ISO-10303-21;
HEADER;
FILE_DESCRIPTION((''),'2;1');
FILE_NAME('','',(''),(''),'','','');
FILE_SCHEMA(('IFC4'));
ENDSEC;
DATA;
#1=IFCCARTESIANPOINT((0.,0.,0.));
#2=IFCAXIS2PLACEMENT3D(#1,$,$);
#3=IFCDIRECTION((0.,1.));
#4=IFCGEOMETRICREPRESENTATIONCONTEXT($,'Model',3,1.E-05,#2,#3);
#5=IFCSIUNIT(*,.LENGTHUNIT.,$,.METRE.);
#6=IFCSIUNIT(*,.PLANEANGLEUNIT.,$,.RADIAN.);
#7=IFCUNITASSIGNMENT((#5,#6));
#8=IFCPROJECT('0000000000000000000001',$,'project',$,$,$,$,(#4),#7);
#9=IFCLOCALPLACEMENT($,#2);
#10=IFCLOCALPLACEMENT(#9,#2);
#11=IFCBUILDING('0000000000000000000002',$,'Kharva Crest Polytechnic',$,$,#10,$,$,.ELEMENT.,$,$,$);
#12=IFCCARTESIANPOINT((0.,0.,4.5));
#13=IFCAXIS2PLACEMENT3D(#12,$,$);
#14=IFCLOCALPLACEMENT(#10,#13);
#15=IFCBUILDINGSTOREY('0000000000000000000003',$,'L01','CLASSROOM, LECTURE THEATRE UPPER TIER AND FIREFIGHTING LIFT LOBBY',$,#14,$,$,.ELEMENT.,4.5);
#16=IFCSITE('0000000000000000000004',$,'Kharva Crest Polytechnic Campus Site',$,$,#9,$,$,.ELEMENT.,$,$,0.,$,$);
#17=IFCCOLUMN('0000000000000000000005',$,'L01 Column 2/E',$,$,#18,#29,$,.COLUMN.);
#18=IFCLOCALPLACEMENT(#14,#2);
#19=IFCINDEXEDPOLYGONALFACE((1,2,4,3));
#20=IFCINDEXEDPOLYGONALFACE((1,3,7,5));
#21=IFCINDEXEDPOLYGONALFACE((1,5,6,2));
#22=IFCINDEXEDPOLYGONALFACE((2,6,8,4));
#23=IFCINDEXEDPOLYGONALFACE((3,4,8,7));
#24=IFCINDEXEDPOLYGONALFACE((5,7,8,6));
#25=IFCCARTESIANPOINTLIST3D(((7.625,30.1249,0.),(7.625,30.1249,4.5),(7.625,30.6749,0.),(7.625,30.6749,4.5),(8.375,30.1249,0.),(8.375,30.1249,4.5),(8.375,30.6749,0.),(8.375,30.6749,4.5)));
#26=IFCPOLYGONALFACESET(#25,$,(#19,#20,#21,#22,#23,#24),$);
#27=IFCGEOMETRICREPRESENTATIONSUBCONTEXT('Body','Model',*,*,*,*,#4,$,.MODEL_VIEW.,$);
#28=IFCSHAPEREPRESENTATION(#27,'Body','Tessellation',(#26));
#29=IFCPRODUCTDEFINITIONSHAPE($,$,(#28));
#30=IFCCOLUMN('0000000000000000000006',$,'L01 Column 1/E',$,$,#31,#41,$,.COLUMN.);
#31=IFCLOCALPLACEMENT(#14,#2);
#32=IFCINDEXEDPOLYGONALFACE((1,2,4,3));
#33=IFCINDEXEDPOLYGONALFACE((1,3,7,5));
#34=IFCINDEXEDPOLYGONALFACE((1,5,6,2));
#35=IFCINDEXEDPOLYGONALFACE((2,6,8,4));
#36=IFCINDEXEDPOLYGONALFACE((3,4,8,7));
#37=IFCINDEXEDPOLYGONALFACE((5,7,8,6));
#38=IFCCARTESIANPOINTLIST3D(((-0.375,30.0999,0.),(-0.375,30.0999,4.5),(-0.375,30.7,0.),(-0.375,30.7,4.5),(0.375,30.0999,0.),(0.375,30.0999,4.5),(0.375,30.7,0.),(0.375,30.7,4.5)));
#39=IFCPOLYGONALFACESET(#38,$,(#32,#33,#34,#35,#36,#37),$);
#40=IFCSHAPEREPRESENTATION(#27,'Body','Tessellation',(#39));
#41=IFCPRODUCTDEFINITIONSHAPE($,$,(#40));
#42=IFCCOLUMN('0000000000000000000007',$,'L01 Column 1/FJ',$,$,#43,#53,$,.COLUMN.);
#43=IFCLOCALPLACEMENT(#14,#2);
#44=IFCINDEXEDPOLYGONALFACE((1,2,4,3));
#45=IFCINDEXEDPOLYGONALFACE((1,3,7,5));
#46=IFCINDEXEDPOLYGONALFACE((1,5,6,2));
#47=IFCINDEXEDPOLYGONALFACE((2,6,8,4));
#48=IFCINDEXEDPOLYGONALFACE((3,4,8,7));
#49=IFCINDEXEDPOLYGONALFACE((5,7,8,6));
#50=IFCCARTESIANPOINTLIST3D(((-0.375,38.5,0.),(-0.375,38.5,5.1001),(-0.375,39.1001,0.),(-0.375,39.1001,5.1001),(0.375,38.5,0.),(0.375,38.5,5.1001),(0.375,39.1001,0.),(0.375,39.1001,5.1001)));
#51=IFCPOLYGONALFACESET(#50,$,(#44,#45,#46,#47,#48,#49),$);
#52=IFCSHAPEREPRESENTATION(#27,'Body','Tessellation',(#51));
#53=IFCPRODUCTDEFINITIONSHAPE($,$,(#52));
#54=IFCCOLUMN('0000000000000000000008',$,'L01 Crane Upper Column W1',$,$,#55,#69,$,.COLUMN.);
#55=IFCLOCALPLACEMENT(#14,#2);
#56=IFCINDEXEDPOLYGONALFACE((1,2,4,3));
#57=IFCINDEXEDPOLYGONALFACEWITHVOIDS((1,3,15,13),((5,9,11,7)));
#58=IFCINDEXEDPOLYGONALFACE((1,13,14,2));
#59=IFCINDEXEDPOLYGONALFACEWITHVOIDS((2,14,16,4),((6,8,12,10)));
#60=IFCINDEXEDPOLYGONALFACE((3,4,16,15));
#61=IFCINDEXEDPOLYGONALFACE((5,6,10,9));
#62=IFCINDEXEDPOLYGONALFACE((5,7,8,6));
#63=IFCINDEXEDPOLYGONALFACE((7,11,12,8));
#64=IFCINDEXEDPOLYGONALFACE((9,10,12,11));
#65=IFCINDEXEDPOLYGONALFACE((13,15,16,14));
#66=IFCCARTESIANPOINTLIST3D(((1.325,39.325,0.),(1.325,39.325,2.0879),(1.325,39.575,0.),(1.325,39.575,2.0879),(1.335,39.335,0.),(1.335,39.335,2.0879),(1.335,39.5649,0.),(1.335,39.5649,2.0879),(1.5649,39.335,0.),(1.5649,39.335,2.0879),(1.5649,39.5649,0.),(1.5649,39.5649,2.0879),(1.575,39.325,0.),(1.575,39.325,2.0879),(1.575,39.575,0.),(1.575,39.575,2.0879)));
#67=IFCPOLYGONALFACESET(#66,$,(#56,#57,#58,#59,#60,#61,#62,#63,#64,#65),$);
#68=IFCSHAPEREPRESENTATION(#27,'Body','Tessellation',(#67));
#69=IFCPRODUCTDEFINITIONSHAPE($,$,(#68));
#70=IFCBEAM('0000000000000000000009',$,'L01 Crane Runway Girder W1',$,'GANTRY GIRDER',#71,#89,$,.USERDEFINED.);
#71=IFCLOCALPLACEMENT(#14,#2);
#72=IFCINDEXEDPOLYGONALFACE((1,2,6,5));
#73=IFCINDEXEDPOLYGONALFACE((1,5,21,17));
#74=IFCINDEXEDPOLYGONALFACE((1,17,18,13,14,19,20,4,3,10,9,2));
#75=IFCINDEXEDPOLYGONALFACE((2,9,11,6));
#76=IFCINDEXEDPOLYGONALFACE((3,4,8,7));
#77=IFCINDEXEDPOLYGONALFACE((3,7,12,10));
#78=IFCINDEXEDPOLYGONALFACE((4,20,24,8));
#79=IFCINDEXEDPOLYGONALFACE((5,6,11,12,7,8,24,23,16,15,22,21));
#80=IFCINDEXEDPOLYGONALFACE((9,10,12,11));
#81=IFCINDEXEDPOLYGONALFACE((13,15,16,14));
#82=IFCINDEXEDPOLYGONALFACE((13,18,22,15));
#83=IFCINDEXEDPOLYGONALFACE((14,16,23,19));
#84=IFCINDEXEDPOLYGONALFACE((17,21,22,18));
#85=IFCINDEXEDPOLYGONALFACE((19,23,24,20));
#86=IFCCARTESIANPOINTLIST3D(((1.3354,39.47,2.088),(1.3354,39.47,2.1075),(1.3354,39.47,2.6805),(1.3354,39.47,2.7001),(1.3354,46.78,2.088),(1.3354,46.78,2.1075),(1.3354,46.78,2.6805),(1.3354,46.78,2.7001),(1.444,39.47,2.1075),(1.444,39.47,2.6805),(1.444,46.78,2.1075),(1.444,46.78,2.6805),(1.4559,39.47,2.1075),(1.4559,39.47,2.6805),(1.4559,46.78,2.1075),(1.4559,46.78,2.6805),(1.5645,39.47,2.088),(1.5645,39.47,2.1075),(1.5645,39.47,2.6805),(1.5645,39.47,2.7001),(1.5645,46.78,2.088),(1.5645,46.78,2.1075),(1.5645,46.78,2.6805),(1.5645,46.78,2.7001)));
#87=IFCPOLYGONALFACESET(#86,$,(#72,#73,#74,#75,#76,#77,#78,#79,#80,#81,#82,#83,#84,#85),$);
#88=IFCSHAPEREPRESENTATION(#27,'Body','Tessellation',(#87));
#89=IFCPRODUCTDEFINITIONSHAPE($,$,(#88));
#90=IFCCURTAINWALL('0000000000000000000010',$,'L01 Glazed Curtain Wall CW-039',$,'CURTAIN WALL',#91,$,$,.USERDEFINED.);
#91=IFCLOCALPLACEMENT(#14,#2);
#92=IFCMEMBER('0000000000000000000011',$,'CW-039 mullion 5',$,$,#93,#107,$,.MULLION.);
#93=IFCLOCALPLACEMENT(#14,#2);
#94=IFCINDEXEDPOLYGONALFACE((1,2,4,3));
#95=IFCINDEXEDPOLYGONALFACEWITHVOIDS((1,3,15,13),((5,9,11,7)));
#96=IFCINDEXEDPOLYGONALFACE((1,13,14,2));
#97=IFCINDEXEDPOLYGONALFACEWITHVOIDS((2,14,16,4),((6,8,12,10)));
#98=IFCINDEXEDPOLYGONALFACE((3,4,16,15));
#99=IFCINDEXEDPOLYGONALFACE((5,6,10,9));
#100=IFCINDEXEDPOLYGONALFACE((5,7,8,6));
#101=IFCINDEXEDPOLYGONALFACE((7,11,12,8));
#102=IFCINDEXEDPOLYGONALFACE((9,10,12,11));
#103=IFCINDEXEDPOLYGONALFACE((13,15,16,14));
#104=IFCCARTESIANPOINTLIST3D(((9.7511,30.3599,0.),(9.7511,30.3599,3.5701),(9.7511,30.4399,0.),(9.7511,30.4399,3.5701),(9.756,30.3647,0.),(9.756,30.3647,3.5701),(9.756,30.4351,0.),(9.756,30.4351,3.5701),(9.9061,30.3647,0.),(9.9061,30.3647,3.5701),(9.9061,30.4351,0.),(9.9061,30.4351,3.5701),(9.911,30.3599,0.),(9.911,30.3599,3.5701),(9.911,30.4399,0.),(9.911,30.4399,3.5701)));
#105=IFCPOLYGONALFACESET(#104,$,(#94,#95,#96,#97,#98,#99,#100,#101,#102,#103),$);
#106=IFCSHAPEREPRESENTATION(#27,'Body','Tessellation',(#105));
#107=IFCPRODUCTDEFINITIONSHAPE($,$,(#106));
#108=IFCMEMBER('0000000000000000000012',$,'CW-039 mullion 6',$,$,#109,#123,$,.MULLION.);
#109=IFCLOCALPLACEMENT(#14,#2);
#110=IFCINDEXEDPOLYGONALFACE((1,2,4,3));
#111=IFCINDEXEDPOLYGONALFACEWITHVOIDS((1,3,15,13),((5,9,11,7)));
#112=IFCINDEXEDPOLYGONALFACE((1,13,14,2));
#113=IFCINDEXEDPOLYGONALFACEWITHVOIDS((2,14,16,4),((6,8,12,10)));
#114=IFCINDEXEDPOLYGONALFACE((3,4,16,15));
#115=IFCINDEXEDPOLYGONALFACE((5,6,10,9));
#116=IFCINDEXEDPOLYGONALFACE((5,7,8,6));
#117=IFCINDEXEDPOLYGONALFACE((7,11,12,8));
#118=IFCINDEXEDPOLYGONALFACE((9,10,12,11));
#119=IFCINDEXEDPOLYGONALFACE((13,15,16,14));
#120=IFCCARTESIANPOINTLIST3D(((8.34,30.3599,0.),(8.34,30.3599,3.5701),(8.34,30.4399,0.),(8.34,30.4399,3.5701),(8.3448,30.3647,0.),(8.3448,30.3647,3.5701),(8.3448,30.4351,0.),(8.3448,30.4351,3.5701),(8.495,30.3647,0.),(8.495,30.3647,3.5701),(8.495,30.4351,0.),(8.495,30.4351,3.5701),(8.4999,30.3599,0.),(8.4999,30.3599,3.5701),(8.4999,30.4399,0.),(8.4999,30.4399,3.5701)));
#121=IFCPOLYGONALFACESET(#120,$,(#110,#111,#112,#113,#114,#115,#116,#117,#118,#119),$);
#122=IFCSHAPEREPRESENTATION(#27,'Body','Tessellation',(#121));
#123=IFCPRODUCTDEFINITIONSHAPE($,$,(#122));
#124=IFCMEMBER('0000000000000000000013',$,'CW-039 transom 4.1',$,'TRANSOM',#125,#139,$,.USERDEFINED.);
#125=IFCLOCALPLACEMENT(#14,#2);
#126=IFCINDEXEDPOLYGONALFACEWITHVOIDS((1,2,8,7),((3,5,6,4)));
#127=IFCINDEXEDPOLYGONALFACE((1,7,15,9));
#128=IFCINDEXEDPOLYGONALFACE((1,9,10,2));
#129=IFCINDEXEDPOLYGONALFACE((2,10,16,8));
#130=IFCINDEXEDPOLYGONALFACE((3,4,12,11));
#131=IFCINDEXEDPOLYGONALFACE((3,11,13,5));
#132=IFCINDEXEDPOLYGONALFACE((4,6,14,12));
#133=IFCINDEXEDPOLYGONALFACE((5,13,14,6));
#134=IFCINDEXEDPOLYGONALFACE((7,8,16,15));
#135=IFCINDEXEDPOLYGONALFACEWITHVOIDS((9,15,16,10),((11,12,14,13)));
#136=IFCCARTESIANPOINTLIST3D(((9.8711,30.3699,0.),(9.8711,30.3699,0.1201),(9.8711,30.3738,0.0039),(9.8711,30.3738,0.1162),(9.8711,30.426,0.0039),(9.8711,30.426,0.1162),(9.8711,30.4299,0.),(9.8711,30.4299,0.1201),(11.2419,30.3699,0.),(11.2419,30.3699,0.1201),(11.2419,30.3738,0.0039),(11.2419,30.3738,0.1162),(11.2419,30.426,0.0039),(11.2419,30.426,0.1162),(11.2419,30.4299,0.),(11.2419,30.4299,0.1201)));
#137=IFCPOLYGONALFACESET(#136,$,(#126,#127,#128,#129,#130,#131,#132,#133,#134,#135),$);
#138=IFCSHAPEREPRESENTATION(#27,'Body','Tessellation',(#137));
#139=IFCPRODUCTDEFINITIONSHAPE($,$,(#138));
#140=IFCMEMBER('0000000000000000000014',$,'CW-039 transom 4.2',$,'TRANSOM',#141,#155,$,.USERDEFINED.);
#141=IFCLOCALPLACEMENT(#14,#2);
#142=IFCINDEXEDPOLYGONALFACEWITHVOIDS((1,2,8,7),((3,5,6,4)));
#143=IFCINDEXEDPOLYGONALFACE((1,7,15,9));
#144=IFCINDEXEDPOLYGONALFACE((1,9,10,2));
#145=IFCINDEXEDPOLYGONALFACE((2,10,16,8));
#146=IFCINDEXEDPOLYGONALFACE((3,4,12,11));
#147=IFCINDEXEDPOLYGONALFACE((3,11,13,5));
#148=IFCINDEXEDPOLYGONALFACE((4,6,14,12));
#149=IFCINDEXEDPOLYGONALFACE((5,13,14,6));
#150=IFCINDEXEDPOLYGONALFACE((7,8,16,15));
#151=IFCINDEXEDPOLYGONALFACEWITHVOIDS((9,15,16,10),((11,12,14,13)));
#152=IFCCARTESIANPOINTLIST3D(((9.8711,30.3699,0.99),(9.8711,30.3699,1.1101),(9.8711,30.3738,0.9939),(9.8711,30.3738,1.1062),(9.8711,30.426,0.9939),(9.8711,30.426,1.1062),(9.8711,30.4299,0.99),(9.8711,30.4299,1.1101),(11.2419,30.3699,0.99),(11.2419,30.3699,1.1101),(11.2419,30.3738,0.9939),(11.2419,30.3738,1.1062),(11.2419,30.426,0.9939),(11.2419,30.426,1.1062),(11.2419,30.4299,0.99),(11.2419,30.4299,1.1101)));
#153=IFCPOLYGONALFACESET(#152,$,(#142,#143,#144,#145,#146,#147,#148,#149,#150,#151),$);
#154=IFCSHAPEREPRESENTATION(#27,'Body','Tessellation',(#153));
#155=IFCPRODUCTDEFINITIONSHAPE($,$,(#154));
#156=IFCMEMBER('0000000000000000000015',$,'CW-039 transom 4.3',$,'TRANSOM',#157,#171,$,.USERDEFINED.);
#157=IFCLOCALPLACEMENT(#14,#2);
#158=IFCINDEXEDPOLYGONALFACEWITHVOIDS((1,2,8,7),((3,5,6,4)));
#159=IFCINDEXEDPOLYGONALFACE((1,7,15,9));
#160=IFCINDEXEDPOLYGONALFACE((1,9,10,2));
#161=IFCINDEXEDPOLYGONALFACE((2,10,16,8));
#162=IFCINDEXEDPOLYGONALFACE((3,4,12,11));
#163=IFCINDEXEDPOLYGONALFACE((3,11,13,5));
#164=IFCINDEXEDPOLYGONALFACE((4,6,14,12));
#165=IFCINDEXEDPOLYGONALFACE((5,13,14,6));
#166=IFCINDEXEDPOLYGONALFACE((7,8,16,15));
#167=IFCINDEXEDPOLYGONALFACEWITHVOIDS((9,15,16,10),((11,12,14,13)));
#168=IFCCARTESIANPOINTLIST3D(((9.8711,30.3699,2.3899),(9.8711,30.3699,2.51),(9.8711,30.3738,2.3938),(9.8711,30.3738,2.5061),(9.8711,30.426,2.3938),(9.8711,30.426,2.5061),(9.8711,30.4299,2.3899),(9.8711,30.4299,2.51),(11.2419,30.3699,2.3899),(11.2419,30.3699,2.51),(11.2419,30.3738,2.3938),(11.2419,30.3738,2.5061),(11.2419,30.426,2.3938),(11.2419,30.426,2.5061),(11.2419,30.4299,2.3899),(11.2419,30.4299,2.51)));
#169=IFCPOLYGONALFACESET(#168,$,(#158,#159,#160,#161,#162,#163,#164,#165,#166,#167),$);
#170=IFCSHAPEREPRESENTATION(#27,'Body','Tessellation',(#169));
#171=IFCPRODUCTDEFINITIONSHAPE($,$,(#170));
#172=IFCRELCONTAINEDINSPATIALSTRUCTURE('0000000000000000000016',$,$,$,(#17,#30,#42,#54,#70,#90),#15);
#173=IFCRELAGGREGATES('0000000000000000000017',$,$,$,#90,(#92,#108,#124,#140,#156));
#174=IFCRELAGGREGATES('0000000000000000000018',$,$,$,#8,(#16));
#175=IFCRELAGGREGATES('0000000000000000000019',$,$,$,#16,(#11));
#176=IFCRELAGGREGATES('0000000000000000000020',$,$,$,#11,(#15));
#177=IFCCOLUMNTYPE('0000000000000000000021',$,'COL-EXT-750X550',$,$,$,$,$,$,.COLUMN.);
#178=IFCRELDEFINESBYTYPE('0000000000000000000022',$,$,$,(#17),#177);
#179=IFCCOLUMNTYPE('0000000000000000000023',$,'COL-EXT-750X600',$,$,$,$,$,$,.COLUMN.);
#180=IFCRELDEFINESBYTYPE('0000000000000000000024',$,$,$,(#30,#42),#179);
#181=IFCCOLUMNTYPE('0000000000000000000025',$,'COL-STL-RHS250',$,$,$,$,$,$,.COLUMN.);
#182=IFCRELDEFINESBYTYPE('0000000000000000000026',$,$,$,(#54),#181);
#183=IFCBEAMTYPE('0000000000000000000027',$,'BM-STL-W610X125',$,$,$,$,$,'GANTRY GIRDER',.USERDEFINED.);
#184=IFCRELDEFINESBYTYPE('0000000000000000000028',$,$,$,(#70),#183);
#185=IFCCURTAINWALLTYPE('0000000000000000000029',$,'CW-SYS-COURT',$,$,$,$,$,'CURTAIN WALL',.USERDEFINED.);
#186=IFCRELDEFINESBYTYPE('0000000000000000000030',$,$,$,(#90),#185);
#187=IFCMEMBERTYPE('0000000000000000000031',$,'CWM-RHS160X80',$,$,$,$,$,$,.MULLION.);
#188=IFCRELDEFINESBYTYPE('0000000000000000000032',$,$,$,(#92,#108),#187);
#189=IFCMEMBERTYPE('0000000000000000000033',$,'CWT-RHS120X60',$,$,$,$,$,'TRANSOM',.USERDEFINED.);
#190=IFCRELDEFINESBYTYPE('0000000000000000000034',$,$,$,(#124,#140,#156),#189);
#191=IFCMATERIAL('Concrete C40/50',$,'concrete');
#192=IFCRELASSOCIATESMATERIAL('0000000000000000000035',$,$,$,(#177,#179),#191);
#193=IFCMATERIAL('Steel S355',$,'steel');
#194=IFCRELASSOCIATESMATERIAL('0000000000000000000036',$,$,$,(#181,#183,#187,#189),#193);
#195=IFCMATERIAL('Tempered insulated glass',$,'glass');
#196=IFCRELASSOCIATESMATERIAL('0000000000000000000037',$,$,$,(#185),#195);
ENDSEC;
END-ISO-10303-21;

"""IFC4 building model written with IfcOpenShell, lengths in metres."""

from ifc_helpers import new_model, si_unit, direction, frame, origin, origin_2d, place, context, subcontext, project, spatial, rectangle, hollow_rectangle, i_section, extrude, material, material_profile, profile_set, type_object, element, aggregate, save


model = new_model("IFC4")

# Units and contexts
model_context = context("Model", 3, precision=1e-05, world=origin(), true_north=direction((0.0, 1.0)))
body_context = subcontext(model_context, "Body", "Model", "MODEL_VIEW")
ifc_project = project(units=[si_unit("LENGTHUNIT", "METRE"), si_unit("PLANEANGLEUNIT", "RADIAN")], contexts=[model_context])

# Site, building, storey
site_placement = place(None, origin())
site = spatial("IfcSite", under=ifc_project, at=site_placement, Name="Kharva Crest Polytechnic Campus Site", CompositionType="ELEMENT", RefElevation=0.0)
building_placement = place(site_placement, origin())
building = spatial("IfcBuilding", under=site, at=building_placement, Name="Kharva Crest Polytechnic", CompositionType="ELEMENT")
storey_placement = place(building_placement, frame((0.0, 0.0, 4.5)))
storey = spatial("IfcBuildingStorey", under=building, at=storey_placement, Name="L01", Description="CLASSROOM, LECTURE THEATRE UPPER TIER AND FIREFIGHTING LIFT LOBBY", CompositionType="ELEMENT", Elevation=4.5)

# Columns
ifc_material_1 = material(Name="Concrete C40/50", Category="concrete")
ifc_material_profile_1 = material_profile(ifc_material_1, rectangle(XDim=0.75, YDim=0.55, at=origin_2d()), Name="RECT 750 X 550")
ifc_profile_set_1 = profile_set([ifc_material_profile_1], Name="Concrete C40/50")
column_type_1 = type_object("IfcColumnType", Name="COL-EXT-750X550", PredefinedType="COLUMN", material=ifc_profile_set_1)
column_1_placement = place(storey_placement, frame((8.0, 30.3999, 0.0), z_axis=(0.0, 0.0, 1.0), x_axis=(1.0, 0.0, 0.0)))
element("IfcColumn", 1, at=column_1_placement, inside=storey, type_object=column_type_1, Name="L01 Column 2/E", PredefinedType="COLUMN", context=body_context, shape_type="SweptSolid", body=[
    extrude(rectangle(XDim=0.75, YDim=0.55, at=origin_2d()), origin(), (0.0, 0.0, 1.0), 4.5),
])
ifc_material_profile_2 = material_profile(ifc_material_1, rectangle(XDim=0.75, YDim=0.6001, at=origin_2d()), Name="RECT 750 X 600")
ifc_profile_set_2 = profile_set([ifc_material_profile_2], Name="Concrete C40/50")
column_type_2 = type_object("IfcColumnType", Name="COL-EXT-750X600", PredefinedType="COLUMN", material=ifc_profile_set_2)
column_2_placement = place(storey_placement, frame((0.0, 30.3999, 0.0), z_axis=(0.0, 0.0, 1.0), x_axis=(1.0, 0.0, 0.0)))
element("IfcColumn", 2, at=column_2_placement, inside=storey, type_object=column_type_2, Name="L01 Column 1/E", PredefinedType="COLUMN", context=body_context, shape_type="SweptSolid", body=[
    extrude(rectangle(XDim=0.75, YDim=0.6001, at=origin_2d()), origin(), (0.0, 0.0, 1.0), 4.5),
])
column_3_placement = place(storey_placement, frame((0.0, 38.8, 0.0), z_axis=(0.0, 0.0, 1.0), x_axis=(1.0, 0.0, 0.0)))
element("IfcColumn", 3, at=column_3_placement, inside=storey, type_object=column_type_2, Name="L01 Column 1/FJ", PredefinedType="COLUMN", context=body_context, shape_type="SweptSolid", body=[
    extrude(rectangle(XDim=0.75, YDim=0.6001, at=origin_2d()), origin(), (0.0, 0.0, 1.0), 5.1001),
])
ifc_material_2 = material(Name="Steel S355", Category="steel")
ifc_material_profile_3 = material_profile(ifc_material_2, hollow_rectangle(XDim=0.25, YDim=0.25, WallThickness=0.01, at=origin_2d()), Name="RHS 250X250X10.0")
ifc_profile_set_3 = profile_set([ifc_material_profile_3], Name="Steel S355")
column_type_3 = type_object("IfcColumnType", Name="COL-STL-RHS250", PredefinedType="COLUMN", material=ifc_profile_set_3)
column_4_placement = place(storey_placement, frame((1.45, 39.45, 0.0), z_axis=(0.0, 0.0, 1.0), x_axis=(1.0, 0.0, 0.0)))
element("IfcColumn", 4, at=column_4_placement, inside=storey, type_object=column_type_3, Name="L01 Crane Upper Column W1", PredefinedType="COLUMN", context=body_context, shape_type="SweptSolid", body=[
    extrude(hollow_rectangle(XDim=0.25, YDim=0.25, WallThickness=0.01, at=origin_2d()), origin(), (0.0, 0.0, 1.0), 2.0879),
])

# Beam
ifc_material_profile_4 = material_profile(ifc_material_2, i_section(OverallWidth=0.229, OverallDepth=0.6121, WebThickness=0.012, FlangeThickness=0.0195, at=origin_2d()), Name="W610X125")
ifc_profile_set_4 = profile_set([ifc_material_profile_4], Name="Steel S355")
beam_type_1 = type_object("IfcBeamType", Name="BM-STL-W610X125", ElementType="GANTRY GIRDER", PredefinedType="USERDEFINED", material=ifc_profile_set_4)
beam_1_placement = place(storey_placement, frame((1.45, 39.47, 2.394), z_axis=(0.0, 1.0, 0.0), x_axis=(-1.0, 0.0, 0.0)))
element("IfcBeam", 5, at=beam_1_placement, inside=storey, type_object=beam_type_1, Name="L01 Crane Runway Girder W1", ObjectType="GANTRY GIRDER", PredefinedType="USERDEFINED", context=body_context, shape_type="SweptSolid", body=[
    extrude(i_section(OverallWidth=0.229, OverallDepth=0.6121, WebThickness=0.012, FlangeThickness=0.0195, at=origin_2d()), origin(), (0.0, 0.0, 1.0), 7.3101),
])

# Curtain wall, members
ifc_material_3 = material(Name="Tempered insulated glass", Category="glass")
curtain_wall_type = type_object("IfcCurtainWallType", Name="CW-SYS-COURT", ElementType="CURTAIN WALL", PredefinedType="USERDEFINED", material=ifc_material_3)
curtain_wall_placement = place(storey_placement, origin())
curtain_wall = element("IfcCurtainWall", 6, at=curtain_wall_placement, inside=storey, type_object=curtain_wall_type, Name="L01 Glazed Curtain Wall CW-039", ObjectType="CURTAIN WALL", PredefinedType="USERDEFINED")
ifc_material_profile_5 = material_profile(ifc_material_2, hollow_rectangle(XDim=0.0801, YDim=0.1599, WallThickness=0.0049, at=origin_2d()), Name="RHS 160X80X5.0")
ifc_profile_set_5 = profile_set([ifc_material_profile_5], Name="Steel S355")
member_type_1 = type_object("IfcMemberType", Name="CWM-RHS160X80", PredefinedType="MULLION", material=ifc_profile_set_5)
member_1_placement = place(storey_placement, frame((9.8311, 30.3999, 0.0), z_axis=(0.0, 0.0, 1.0), x_axis=(0.0, -1.0, 0.0)))
member_1 = element("IfcMember", 7, at=member_1_placement, type_object=member_type_1, Name="CW-039 mullion 5", PredefinedType="MULLION", context=body_context, shape_type="SweptSolid", body=[
    extrude(hollow_rectangle(XDim=0.0801, YDim=0.1599, WallThickness=0.0049, at=origin_2d()), origin(), (0.0, 0.0, 1.0), 3.5701),
])
member_2_placement = place(storey_placement, frame((8.4199, 30.3999, 0.0), z_axis=(0.0, 0.0, 1.0), x_axis=(0.0, -1.0, 0.0)))
member_2 = element("IfcMember", 8, at=member_2_placement, type_object=member_type_1, Name="CW-039 mullion 6", PredefinedType="MULLION", context=body_context, shape_type="SweptSolid", body=[
    extrude(hollow_rectangle(XDim=0.0801, YDim=0.1599, WallThickness=0.0049, at=origin_2d()), origin(), (0.0, 0.0, 1.0), 3.5701),
])
ifc_material_profile_6 = material_profile(ifc_material_2, hollow_rectangle(XDim=0.0601, YDim=0.1201, WallThickness=0.0039, at=origin_2d()), Name="RHS 120X60X4.0")
ifc_profile_set_6 = profile_set([ifc_material_profile_6], Name="Steel S355")
member_type_2 = type_object("IfcMemberType", Name="CWT-RHS120X60", ElementType="TRANSOM", PredefinedType="USERDEFINED", material=ifc_profile_set_6)
member_3_placement = place(storey_placement, frame((11.2419, 30.3999, 0.0601), z_axis=(-1.0, 0.0, 0.0), x_axis=(0.0, -1.0, 0.0)))
member_3 = element("IfcMember", 9, at=member_3_placement, type_object=member_type_2, Name="CW-039 transom 4.1", ObjectType="TRANSOM", PredefinedType="USERDEFINED", context=body_context, shape_type="SweptSolid", body=[
    extrude(hollow_rectangle(XDim=0.0601, YDim=0.1201, WallThickness=0.0039, at=origin_2d()), origin(), (0.0, 0.0, 1.0), 1.3708),
])
member_4_placement = place(storey_placement, frame((11.2419, 30.3999, 1.05), z_axis=(-1.0, 0.0, 0.0), x_axis=(0.0, -1.0, 0.0)))
member_4 = element("IfcMember", 10, at=member_4_placement, type_object=member_type_2, Name="CW-039 transom 4.2", ObjectType="TRANSOM", PredefinedType="USERDEFINED", context=body_context, shape_type="SweptSolid", body=[
    extrude(hollow_rectangle(XDim=0.0601, YDim=0.1201, WallThickness=0.0039, at=origin_2d()), origin(), (0.0, 0.0, 1.0), 1.3708),
])
member_5_placement = place(storey_placement, frame((11.2419, 30.3999, 2.45), z_axis=(-1.0, 0.0, 0.0), x_axis=(0.0, -1.0, 0.0)))
member_5 = element("IfcMember", 11, at=member_5_placement, type_object=member_type_2, Name="CW-039 transom 4.3", ObjectType="TRANSOM", PredefinedType="USERDEFINED", context=body_context, shape_type="SweptSolid", body=[
    extrude(hollow_rectangle(XDim=0.0601, YDim=0.1201, WallThickness=0.0039, at=origin_2d()), origin(), (0.0, 0.0, 1.0), 1.3708),
])

aggregate(curtain_wall, [member_1, member_2, member_3, member_4, member_5])

save(model, "model.ifc")
